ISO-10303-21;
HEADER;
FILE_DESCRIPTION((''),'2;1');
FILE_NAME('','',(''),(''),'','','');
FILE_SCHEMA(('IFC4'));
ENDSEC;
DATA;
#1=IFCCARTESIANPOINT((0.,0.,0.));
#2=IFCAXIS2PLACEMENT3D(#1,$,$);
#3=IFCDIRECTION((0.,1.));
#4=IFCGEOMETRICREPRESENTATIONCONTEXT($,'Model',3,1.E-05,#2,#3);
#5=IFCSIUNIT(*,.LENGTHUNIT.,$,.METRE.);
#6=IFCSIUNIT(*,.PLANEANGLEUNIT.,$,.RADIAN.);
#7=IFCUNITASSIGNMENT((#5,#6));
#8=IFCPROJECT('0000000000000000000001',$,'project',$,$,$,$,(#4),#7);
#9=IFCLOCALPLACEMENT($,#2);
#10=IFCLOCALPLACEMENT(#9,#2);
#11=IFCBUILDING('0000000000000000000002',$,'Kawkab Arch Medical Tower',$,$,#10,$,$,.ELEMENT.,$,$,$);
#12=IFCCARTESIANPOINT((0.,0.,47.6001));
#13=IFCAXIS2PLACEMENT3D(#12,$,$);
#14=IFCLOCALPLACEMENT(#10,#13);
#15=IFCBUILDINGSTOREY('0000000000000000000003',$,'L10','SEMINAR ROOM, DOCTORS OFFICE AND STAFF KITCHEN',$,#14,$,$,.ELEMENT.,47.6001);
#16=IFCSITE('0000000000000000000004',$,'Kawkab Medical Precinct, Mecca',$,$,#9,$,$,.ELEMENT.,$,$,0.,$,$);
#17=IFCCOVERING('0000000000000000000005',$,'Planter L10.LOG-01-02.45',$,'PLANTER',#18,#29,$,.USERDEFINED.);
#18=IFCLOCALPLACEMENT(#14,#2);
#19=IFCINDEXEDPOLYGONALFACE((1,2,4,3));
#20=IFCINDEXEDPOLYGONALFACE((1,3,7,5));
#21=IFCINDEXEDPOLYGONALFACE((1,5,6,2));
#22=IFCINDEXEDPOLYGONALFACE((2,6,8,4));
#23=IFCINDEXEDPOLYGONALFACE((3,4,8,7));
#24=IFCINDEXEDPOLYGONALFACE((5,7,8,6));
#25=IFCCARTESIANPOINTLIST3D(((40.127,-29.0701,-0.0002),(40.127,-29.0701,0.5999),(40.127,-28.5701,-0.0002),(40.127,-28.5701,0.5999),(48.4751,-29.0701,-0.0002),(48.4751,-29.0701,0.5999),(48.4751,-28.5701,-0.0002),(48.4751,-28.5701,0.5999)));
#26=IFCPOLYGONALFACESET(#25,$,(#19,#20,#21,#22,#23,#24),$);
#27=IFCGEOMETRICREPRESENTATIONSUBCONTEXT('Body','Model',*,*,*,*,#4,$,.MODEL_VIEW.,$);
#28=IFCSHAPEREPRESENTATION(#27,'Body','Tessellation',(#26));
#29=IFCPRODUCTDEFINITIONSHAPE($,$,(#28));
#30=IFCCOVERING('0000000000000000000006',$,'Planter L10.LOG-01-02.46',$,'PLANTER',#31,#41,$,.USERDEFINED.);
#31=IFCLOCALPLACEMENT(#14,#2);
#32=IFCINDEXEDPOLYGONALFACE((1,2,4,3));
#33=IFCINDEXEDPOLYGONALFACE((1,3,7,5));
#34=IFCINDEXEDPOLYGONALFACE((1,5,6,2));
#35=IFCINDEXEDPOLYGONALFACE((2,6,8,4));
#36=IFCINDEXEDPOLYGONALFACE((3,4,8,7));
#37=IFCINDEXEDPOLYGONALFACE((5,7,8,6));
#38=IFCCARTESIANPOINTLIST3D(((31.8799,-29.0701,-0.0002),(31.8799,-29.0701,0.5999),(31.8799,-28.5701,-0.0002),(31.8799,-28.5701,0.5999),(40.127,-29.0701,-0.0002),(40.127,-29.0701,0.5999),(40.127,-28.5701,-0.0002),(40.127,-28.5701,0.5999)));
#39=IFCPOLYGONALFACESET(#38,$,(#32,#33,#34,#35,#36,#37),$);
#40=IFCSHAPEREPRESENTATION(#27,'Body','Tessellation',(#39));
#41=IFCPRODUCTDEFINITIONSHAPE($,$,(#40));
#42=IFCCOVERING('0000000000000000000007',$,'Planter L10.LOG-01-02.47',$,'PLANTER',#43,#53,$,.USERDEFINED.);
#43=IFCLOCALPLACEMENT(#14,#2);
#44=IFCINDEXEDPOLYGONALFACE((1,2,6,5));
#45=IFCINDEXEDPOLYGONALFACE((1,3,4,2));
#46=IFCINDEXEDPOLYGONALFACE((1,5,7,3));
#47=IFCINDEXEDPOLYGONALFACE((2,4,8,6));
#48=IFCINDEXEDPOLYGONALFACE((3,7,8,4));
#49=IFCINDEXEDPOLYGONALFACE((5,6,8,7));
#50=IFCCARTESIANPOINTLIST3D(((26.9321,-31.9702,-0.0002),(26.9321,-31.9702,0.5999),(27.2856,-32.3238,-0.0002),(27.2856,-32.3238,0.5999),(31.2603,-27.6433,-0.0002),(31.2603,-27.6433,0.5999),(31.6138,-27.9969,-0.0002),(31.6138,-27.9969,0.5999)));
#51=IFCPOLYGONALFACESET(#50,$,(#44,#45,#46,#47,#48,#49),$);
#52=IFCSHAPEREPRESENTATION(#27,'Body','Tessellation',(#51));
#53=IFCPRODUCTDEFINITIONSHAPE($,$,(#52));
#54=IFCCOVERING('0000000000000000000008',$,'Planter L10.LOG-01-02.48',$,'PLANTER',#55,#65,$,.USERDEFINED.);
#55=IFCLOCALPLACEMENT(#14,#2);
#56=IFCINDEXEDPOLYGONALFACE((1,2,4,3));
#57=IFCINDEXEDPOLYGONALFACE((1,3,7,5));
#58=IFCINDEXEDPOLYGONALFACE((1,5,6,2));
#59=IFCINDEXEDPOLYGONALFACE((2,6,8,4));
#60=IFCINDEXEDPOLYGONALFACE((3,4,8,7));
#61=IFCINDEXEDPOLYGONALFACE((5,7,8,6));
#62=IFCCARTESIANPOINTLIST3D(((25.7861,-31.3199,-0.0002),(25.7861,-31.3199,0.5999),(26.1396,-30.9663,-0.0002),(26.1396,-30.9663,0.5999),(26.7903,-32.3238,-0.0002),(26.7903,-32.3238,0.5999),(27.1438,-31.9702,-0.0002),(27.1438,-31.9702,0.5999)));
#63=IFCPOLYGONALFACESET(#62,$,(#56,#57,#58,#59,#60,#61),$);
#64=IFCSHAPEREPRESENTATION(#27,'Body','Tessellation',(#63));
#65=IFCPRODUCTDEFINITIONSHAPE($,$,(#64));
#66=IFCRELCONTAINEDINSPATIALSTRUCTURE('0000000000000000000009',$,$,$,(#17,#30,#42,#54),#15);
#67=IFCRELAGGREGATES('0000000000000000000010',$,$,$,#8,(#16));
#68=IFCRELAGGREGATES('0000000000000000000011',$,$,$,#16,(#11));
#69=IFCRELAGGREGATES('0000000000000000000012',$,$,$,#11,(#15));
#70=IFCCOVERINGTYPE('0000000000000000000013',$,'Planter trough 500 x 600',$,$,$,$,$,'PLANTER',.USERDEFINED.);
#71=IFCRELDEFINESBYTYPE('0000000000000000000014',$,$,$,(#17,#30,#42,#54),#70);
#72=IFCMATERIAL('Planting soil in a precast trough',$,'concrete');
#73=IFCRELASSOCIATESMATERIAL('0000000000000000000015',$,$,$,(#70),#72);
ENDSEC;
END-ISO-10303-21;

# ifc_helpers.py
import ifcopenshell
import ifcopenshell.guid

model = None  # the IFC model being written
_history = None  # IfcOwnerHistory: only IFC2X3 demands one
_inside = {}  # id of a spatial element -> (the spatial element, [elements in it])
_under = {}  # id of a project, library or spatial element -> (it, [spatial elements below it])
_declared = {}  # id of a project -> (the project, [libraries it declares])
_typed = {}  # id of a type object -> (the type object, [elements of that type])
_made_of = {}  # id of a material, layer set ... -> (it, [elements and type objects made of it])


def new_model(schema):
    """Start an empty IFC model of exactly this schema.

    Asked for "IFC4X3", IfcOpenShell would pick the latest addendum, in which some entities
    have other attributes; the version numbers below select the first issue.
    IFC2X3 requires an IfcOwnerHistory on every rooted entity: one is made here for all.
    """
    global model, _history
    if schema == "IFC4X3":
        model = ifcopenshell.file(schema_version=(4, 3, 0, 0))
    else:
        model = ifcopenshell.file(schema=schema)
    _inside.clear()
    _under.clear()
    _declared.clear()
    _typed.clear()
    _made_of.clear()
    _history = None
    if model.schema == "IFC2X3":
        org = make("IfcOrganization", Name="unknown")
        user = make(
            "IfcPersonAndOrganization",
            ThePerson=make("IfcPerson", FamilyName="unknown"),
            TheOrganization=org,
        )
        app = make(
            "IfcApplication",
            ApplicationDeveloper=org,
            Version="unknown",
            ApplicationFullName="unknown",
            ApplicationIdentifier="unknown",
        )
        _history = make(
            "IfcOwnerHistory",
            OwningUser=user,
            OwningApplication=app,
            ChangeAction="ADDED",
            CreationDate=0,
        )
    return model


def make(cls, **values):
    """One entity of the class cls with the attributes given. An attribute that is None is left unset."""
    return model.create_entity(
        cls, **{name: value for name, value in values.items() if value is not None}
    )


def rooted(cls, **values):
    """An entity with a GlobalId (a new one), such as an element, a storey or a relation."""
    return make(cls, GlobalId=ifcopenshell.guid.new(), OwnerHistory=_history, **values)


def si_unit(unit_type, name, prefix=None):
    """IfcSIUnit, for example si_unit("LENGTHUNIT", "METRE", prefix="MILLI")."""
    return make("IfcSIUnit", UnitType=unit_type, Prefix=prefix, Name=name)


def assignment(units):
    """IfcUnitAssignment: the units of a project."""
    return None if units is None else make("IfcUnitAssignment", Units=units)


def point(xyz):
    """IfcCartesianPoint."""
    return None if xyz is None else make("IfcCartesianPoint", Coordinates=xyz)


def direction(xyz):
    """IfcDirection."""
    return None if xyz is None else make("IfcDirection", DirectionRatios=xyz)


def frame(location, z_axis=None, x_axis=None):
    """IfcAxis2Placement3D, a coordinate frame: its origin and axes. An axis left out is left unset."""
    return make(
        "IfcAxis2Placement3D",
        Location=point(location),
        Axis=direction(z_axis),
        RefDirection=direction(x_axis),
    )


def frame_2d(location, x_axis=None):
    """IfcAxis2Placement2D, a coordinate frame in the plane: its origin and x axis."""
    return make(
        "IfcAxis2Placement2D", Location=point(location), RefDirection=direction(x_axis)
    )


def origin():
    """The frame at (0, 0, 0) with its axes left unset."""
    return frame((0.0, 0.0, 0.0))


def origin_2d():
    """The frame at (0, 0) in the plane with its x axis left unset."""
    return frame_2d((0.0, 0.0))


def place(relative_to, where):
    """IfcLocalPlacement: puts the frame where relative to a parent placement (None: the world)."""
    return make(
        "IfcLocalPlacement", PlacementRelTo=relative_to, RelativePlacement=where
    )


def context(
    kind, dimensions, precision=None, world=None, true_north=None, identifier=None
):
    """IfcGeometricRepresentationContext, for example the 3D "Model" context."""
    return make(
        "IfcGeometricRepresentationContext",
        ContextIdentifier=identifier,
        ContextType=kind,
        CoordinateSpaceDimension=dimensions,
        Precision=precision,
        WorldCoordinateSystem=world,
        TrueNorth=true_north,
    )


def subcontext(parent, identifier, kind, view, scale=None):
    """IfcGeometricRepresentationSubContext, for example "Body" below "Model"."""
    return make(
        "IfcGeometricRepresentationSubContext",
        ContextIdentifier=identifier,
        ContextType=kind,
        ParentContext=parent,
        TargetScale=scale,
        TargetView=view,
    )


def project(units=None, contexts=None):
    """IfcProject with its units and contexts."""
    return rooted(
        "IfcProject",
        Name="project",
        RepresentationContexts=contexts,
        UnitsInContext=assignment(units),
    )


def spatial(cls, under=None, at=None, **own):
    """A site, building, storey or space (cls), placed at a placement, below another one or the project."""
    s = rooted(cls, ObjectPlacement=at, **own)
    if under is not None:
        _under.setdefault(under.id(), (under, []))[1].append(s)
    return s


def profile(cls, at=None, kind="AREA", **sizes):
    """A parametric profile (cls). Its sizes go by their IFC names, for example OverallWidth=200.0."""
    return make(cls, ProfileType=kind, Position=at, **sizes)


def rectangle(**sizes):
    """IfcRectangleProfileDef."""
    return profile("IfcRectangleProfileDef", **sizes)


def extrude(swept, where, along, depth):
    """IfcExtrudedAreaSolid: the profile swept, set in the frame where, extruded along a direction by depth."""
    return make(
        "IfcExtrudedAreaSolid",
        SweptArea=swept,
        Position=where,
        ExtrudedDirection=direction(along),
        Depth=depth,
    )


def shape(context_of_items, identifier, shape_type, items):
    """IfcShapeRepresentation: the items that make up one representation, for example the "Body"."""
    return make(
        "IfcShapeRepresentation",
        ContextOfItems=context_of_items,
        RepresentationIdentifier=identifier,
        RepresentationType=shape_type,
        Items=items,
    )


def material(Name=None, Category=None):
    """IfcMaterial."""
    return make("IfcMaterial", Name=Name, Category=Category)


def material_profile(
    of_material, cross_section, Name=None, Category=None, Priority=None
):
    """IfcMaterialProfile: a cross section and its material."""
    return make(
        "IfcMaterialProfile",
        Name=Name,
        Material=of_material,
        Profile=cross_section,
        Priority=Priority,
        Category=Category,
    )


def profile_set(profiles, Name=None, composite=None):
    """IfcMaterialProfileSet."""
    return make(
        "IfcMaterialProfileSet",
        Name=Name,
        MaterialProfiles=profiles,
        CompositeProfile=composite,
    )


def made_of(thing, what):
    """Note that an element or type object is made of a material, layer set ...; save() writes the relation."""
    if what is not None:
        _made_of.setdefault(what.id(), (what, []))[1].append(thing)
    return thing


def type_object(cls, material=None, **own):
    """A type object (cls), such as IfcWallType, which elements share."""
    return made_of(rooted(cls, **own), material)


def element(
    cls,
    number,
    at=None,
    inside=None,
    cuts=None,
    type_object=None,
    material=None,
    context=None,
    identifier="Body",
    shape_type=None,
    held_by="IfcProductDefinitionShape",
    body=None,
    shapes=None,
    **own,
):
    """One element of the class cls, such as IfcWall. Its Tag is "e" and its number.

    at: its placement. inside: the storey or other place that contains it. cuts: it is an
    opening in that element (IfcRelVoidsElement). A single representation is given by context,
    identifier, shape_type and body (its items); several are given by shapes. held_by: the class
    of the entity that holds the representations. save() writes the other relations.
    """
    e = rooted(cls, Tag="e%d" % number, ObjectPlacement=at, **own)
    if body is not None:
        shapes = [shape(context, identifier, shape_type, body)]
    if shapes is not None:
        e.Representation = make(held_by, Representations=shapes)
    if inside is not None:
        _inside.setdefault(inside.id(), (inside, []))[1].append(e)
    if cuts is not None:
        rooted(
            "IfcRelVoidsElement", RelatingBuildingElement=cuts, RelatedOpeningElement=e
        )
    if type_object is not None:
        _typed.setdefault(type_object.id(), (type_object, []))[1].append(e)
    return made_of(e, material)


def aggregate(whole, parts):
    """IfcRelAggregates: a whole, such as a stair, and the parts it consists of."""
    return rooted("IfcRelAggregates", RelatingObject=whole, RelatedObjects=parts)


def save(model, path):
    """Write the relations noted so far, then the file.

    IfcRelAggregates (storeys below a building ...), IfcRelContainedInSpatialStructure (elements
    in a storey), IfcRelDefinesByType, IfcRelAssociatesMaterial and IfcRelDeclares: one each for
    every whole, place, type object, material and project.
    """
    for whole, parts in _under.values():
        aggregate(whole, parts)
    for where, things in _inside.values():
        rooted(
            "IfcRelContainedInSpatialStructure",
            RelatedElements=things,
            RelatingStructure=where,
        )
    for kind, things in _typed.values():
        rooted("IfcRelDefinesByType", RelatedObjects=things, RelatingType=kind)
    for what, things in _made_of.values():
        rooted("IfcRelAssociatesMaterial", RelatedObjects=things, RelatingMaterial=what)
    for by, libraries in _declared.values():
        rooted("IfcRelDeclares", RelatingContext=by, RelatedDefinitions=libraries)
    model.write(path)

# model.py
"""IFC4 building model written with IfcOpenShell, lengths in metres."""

from ifc_helpers import new_model, si_unit, direction, frame, origin, origin_2d, place, context, subcontext, project, spatial, rectangle, extrude, material, material_profile, profile_set, type_object, element, save


model = new_model("IFC4")

# Units and contexts
model_context = context("Model", 3, precision=1e-05, world=origin(), true_north=direction((0.0, 1.0)))
body_context = subcontext(model_context, "Body", "Model", "MODEL_VIEW")
ifc_project = project(units=[si_unit("LENGTHUNIT", "METRE"), si_unit("PLANEANGLEUNIT", "RADIAN")], contexts=[model_context])

# Site, building, storey
site_placement = place(None, origin())
site = spatial("IfcSite", under=ifc_project, at=site_placement, Name="Kawkab Medical Precinct, Mecca", CompositionType="ELEMENT", RefElevation=0.0)
building_placement = place(site_placement, origin())
building = spatial("IfcBuilding", under=site, at=building_placement, Name="Kawkab Arch Medical Tower", CompositionType="ELEMENT")
storey_placement = place(building_placement, frame((0.0, 0.0, 47.6001)))
storey = spatial("IfcBuildingStorey", under=building, at=storey_placement, Name="L10", Description="SEMINAR ROOM, DOCTORS OFFICE AND STAFF KITCHEN", CompositionType="ELEMENT", Elevation=47.6001)

# Coverings
ifc_material_1 = material(Name="Planting soil in a precast trough", Category="concrete")
ifc_material_profile_1 = material_profile(ifc_material_1, rectangle(XDim=0.5, YDim=0.6001, at=origin_2d()), Name="Trough 500x600")
ifc_profile_set_1 = profile_set([ifc_material_profile_1], Name="Planting soil in a precast trough")
covering_type_1 = type_object("IfcCoveringType", Name="Planter trough 500 x 600", ElementType="PLANTER", PredefinedType="USERDEFINED", material=ifc_profile_set_1)
covering_1_placement = place(storey_placement, frame((48.4751, -28.8201, 0.2998), z_axis=(-1.0, 0.0, 0.0), x_axis=(0.0, -1.0, 0.0)))
element("IfcCovering", 1, at=covering_1_placement, inside=storey, type_object=covering_type_1, Name="Planter L10.LOG-01-02.45", ObjectType="PLANTER", PredefinedType="USERDEFINED", context=body_context, shape_type="SweptSolid", body=[
    extrude(rectangle(XDim=0.5, YDim=0.6001, at=origin_2d()), origin(), (0.0, 0.0, 1.0), 8.3481),
])
covering_2_placement = place(storey_placement, frame((40.127, -28.8201, 0.2998), z_axis=(-1.0, 0.0, 0.0), x_axis=(0.0, -1.0, 0.0)))
element("IfcCovering", 2, at=covering_2_placement, inside=storey, type_object=covering_type_1, Name="Planter L10.LOG-01-02.46", ObjectType="PLANTER", PredefinedType="USERDEFINED", context=body_context, shape_type="SweptSolid", body=[
    extrude(rectangle(XDim=0.5, YDim=0.6001, at=origin_2d()), origin(), (0.0, 0.0, 1.0), 8.2471),
])
covering_3_placement = place(storey_placement, frame((31.437, -27.8201, 0.2998), z_axis=(-0.707207, -0.707007, 0.0), x_axis=(0.707007, -0.707207, 0.0)))
element("IfcCovering", 3, at=covering_3_placement, inside=storey, type_object=covering_type_1, Name="Planter L10.LOG-01-02.47", ObjectType="PLANTER", PredefinedType="USERDEFINED", context=body_context, shape_type="SweptSolid", body=[
    extrude(rectangle(XDim=0.5, YDim=0.6001, at=origin_2d()), origin(), (0.0, 0.0, 1.0), 6.1201),
])
covering_4_placement = place(storey_placement, frame((26.967, -32.147, 0.2998), z_axis=(-0.707193, 0.707021, 0.0), x_axis=(-0.707021, -0.707193, 0.0)))
element("IfcCovering", 4, at=covering_4_placement, inside=storey, type_object=covering_type_1, Name="Planter L10.LOG-01-02.48", ObjectType="PLANTER", PredefinedType="USERDEFINED", context=body_context, shape_type="SweptSolid", body=[
    extrude(rectangle(XDim=0.5, YDim=0.6001, at=origin_2d()), origin(), (0.0, 0.0, 1.0), 1.4199),
])

save(model, "model.ifc")
